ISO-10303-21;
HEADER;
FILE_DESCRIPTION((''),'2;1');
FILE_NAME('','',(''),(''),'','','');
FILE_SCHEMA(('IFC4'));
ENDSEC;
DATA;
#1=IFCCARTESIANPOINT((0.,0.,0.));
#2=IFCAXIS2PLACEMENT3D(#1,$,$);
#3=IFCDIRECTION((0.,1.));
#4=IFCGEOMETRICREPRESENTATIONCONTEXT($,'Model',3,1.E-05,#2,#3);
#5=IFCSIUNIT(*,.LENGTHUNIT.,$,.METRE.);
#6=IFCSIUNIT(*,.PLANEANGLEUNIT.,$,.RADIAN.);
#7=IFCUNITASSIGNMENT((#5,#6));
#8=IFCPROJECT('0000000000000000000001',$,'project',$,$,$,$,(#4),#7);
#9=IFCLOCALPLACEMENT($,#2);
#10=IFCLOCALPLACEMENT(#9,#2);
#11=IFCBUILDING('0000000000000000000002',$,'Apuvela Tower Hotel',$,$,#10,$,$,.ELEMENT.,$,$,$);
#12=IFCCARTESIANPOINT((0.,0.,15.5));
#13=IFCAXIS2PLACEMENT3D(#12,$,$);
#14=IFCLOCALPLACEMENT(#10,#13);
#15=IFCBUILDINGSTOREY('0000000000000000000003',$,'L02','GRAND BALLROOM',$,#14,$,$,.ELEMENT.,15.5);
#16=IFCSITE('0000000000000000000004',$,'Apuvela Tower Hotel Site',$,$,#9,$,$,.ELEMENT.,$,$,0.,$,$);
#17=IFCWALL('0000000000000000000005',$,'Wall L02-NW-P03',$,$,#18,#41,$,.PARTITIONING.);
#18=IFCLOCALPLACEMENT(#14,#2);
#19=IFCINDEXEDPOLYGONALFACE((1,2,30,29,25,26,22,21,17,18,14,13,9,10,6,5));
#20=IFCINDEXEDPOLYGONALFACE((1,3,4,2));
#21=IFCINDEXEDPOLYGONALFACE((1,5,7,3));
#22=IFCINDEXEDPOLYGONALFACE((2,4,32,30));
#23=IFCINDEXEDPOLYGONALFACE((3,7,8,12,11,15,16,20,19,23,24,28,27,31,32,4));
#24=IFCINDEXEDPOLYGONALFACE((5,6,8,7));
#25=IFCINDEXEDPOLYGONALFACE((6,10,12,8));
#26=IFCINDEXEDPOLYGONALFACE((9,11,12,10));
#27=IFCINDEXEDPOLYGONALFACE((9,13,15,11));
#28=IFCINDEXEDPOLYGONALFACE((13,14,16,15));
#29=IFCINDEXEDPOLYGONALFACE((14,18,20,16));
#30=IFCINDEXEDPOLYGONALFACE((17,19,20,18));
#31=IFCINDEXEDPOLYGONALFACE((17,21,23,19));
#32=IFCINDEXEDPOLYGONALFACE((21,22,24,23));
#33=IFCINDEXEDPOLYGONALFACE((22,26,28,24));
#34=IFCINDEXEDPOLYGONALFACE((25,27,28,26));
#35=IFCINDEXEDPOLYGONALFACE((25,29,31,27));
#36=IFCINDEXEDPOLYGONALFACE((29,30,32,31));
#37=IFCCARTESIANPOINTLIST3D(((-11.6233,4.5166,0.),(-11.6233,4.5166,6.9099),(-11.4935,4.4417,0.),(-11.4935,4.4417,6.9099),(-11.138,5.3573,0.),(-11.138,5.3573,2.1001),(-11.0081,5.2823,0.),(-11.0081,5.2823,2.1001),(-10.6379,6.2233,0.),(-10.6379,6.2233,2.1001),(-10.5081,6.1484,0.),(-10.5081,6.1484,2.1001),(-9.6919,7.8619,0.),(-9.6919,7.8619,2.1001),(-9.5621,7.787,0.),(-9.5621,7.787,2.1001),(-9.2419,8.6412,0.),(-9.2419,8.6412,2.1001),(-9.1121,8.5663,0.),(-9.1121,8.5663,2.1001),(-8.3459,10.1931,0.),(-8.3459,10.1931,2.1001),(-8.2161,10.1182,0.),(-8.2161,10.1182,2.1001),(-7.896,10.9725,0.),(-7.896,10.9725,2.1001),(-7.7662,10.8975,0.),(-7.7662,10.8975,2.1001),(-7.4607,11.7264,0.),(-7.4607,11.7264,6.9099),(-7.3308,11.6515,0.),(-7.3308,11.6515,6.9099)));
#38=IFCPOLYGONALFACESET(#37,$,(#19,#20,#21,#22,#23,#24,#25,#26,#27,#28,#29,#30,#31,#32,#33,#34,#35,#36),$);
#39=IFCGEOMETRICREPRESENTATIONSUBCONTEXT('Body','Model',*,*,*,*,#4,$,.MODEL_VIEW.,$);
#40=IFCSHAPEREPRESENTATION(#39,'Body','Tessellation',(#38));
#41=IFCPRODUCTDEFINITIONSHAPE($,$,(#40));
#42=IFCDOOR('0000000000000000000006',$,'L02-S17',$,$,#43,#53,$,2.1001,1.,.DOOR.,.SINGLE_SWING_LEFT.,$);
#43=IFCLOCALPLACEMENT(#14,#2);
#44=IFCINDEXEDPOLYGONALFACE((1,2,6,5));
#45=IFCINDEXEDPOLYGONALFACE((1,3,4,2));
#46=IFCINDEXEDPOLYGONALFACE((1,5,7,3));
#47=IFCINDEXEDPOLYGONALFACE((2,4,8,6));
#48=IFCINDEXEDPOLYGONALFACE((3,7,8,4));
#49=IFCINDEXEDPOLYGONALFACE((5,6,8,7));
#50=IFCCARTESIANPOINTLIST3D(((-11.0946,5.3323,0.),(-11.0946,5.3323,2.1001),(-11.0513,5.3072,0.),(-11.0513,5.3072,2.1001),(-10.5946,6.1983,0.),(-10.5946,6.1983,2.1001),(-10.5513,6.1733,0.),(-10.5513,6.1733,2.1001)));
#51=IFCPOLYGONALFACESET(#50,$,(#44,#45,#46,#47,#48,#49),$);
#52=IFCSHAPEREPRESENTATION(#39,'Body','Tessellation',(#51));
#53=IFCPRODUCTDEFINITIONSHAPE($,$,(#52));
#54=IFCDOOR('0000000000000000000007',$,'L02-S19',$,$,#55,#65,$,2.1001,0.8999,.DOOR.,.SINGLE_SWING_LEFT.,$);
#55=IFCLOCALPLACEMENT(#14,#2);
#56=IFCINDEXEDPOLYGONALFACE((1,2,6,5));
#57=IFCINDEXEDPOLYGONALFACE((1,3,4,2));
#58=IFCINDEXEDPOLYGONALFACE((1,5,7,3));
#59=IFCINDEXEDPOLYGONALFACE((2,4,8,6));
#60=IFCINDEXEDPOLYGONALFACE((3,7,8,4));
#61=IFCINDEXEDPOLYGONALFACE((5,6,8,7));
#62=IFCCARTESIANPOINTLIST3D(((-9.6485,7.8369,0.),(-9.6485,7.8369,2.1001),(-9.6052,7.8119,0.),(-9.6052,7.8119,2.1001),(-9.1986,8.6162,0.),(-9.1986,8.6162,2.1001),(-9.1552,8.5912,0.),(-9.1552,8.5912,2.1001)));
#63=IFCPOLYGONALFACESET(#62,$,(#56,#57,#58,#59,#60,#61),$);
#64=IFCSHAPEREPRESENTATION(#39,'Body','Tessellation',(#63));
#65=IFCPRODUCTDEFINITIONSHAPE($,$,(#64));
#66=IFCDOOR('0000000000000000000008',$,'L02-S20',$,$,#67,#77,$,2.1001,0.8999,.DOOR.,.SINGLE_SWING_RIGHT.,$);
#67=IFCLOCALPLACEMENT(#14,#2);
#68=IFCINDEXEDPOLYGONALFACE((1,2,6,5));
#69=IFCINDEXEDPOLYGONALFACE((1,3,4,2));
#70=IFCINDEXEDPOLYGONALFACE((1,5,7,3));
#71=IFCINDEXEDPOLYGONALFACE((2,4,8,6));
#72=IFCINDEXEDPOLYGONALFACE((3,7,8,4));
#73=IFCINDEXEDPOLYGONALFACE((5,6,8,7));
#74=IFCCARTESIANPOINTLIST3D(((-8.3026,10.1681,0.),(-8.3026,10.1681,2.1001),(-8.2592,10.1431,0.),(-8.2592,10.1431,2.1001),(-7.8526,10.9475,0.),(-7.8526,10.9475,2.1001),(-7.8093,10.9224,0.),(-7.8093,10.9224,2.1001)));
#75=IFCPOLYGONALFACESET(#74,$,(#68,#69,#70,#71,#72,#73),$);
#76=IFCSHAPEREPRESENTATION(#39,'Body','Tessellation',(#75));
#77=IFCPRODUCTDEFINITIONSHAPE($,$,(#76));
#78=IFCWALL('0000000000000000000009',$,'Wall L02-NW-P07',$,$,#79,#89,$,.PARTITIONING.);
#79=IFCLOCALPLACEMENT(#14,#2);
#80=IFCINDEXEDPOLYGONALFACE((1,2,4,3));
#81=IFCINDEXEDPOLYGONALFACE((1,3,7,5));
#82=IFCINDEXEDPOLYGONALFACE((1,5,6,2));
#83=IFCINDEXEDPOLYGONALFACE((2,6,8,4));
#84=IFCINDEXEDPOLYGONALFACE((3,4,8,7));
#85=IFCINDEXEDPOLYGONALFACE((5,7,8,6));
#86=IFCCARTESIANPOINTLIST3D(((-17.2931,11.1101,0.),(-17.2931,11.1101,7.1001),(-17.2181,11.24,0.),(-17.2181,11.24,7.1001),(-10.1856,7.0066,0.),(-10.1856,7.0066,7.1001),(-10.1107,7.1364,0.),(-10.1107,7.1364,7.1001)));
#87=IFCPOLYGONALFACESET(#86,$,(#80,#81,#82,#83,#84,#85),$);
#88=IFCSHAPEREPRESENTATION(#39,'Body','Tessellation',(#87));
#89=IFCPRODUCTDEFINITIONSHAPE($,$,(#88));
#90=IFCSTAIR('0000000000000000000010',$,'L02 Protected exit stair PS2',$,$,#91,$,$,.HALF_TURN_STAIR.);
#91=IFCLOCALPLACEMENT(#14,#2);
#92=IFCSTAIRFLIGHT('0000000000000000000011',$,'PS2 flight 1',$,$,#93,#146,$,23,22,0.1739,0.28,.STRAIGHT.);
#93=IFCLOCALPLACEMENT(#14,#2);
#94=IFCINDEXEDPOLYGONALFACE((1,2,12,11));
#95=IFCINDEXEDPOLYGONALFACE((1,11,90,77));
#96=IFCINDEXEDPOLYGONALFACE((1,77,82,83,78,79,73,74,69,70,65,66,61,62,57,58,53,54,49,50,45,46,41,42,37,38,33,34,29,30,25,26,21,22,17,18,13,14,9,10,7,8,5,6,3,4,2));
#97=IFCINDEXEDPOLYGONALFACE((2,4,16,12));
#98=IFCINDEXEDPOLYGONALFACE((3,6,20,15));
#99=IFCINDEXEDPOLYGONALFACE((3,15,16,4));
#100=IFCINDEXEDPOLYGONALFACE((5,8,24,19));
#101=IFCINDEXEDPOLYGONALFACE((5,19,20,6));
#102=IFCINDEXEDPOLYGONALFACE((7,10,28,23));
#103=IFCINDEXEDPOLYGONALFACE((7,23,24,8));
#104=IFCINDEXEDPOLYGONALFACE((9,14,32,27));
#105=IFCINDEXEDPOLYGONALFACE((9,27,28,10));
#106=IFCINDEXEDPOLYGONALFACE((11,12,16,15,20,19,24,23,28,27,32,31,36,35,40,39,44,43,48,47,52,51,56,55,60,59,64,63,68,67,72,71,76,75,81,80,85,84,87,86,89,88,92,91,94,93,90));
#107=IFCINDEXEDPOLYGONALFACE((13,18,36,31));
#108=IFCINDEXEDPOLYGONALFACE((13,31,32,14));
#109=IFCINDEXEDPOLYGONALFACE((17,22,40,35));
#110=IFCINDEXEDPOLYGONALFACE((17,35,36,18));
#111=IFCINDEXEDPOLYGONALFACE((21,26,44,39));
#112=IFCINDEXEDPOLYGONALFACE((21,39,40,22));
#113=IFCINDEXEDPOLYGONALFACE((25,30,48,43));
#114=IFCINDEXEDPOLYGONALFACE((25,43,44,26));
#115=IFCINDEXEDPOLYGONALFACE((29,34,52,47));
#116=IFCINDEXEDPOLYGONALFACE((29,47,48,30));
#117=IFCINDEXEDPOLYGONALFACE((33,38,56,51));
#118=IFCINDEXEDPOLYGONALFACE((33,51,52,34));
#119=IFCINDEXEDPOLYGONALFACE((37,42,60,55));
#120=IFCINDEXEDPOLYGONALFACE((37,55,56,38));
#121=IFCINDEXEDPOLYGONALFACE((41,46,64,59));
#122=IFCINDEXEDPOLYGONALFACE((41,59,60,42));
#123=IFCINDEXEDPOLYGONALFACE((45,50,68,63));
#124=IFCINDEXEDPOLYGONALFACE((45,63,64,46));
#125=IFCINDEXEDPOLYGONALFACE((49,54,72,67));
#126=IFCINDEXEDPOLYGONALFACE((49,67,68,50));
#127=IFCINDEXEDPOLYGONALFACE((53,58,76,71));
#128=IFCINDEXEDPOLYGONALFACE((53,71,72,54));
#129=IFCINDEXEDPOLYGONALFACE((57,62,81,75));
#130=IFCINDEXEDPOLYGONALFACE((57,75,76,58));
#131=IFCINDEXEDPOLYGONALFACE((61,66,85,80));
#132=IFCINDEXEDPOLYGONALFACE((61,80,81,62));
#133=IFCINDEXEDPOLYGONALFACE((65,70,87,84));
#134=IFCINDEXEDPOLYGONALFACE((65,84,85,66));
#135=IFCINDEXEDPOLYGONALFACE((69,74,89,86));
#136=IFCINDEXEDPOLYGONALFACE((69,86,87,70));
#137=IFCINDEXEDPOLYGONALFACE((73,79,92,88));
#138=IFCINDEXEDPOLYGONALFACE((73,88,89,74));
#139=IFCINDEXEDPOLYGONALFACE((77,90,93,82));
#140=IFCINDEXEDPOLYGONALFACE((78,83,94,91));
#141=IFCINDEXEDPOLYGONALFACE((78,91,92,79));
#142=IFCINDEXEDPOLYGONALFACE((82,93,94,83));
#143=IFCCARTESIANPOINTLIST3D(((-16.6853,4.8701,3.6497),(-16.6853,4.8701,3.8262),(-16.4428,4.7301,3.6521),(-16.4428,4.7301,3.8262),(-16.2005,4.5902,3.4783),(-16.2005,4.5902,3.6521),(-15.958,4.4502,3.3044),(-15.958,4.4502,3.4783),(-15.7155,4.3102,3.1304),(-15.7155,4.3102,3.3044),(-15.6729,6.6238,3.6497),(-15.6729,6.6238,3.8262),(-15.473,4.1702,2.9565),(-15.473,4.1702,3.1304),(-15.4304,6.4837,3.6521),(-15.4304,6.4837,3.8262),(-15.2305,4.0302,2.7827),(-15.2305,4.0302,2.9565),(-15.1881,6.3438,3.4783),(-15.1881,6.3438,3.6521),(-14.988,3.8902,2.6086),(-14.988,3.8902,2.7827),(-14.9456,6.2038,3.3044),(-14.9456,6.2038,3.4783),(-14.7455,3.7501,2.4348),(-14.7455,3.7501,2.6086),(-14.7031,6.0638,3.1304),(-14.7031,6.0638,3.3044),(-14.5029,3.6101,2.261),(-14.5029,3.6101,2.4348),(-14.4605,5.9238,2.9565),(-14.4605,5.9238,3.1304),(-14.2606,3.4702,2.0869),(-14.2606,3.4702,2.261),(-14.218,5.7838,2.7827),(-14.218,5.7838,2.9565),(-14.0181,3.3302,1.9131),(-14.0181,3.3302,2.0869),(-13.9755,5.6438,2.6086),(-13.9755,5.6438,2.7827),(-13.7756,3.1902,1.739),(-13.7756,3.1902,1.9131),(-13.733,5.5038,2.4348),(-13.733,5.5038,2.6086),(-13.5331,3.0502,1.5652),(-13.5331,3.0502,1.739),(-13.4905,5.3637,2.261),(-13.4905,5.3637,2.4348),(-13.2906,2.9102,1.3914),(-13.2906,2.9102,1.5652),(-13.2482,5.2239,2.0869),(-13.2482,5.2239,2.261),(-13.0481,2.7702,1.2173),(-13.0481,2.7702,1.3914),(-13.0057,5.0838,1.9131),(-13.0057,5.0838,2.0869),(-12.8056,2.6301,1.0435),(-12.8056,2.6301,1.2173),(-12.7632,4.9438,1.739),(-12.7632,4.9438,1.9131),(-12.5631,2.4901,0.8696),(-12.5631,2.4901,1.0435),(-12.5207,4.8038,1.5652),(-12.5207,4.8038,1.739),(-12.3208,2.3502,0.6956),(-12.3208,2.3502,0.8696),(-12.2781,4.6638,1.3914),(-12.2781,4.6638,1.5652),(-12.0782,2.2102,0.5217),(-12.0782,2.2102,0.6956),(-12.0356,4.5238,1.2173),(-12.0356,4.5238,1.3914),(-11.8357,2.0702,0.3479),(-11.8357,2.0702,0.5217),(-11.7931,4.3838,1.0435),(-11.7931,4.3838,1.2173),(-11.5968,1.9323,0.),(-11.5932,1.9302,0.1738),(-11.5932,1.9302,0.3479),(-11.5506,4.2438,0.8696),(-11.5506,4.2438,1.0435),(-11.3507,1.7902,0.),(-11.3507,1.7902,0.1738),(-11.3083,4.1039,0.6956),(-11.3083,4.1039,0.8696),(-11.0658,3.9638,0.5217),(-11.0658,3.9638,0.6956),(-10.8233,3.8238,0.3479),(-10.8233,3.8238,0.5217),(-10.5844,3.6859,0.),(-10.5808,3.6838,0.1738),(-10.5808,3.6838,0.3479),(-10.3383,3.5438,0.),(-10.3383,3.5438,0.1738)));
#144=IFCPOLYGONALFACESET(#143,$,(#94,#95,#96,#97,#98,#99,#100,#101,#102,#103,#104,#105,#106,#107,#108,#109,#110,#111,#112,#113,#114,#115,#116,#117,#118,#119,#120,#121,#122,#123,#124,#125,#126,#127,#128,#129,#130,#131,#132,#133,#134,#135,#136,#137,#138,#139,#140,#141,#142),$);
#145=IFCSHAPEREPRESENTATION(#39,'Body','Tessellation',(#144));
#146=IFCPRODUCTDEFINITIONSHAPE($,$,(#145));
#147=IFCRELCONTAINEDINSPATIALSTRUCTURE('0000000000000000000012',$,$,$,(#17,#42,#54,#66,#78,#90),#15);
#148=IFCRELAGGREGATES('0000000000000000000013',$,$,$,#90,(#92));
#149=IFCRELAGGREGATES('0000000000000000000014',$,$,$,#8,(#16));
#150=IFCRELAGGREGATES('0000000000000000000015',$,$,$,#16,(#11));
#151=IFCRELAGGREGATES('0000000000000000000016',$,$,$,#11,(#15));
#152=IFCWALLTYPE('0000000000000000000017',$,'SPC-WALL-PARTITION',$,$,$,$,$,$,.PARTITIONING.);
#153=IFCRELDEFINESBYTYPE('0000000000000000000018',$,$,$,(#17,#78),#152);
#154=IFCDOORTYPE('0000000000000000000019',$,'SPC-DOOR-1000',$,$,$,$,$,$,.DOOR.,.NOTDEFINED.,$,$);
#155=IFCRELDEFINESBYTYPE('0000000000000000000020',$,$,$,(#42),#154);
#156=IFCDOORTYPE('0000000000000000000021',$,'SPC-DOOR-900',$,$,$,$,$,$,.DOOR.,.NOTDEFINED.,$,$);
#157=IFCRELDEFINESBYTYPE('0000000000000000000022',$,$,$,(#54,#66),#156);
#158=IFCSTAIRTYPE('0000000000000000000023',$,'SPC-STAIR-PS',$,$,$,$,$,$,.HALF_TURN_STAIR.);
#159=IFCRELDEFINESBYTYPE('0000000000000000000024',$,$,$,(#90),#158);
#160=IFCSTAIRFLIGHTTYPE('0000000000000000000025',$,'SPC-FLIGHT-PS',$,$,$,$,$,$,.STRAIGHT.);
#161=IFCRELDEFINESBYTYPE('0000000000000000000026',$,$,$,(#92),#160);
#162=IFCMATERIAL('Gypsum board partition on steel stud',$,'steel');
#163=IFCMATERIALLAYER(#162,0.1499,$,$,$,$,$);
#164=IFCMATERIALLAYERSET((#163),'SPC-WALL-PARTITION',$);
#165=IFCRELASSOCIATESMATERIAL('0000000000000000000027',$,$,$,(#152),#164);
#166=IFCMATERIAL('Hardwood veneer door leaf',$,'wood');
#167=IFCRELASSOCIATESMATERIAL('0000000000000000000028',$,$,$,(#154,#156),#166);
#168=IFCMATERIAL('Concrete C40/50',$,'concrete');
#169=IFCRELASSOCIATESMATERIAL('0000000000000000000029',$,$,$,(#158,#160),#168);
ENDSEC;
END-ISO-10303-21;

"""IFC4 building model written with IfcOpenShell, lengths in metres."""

from ifc_helpers import new_model, si_unit, direction, frame, frame_2d, origin, place, context, subcontext, project, spatial, polyline, rectangle, outline, extrude, material, layer, layer_set, type_object, element, fill, aggregate, save


model = new_model("IFC4")

# Units and contexts
model_context = context("Model", 3, precision=1e-05, world=origin(), true_north=direction((0.0, 1.0)))
body_context = subcontext(model_context, "Body", "Model", "MODEL_VIEW")
ifc_project = project(units=[si_unit("LENGTHUNIT", "METRE"), si_unit("PLANEANGLEUNIT", "RADIAN")], contexts=[model_context])

# Site, building, storey
site_placement = place(None, origin())
site = spatial("IfcSite", under=ifc_project, at=site_placement, Name="Apuvela Tower Hotel Site", CompositionType="ELEMENT", RefElevation=0.0)
building_placement = place(site_placement, origin())
building = spatial("IfcBuilding", under=site, at=building_placement, Name="Apuvela Tower Hotel", CompositionType="ELEMENT")
storey_placement = place(building_placement, frame((0.0, 0.0, 15.5)))
storey = spatial("IfcBuildingStorey", under=building, at=storey_placement, Name="L02", Description="GRAND BALLROOM", CompositionType="ELEMENT", Elevation=15.5)

# Shared definitions
ifc_material_1 = material(Name="Gypsum board partition on steel stud", Category="steel")
ifc_layer_1 = layer(ifc_material_1, 0.1499)
ifc_layer_set_1 = layer_set([ifc_layer_1], Name="SPC-WALL-PARTITION")
wall_type = type_object("IfcWallType", Name="SPC-WALL-PARTITION", PredefinedType="PARTITIONING", material=ifc_layer_set_1)
ifc_material_2 = material(Name="Hardwood veneer door leaf", Category="wood")
door_type_1 = type_object("IfcDoorType", Name="SPC-DOOR-1000", OperationType="NOTDEFINED", PredefinedType="DOOR", material=ifc_material_2)

# Wall, openings, doors
wall_1_placement = place(storey_placement, frame((-7.3958, 11.689, 0.0), z_axis=(0.0, 0.0, 1.0), x_axis=(-0.500006, -0.866022, 0.0)))
wall_1 = element("IfcWall", 1, at=wall_1_placement, inside=storey, type_object=wall_type, Name="Wall L02-NW-P03", PredefinedType="PARTITIONING", context=body_context, shape_type="SweptSolid", body=[
    extrude(rectangle(XDim=8.3252, YDim=0.1499, at=frame_2d((4.1626, 0.0))), origin(), (0.0, 0.0, 1.0), 6.9099),
])
opening_1_placement = place(wall_1_placement, frame((6.3545, 0.0, 0.0)))
opening_1 = element("IfcOpeningElement", 2, at=opening_1_placement, cuts=wall_1, PredefinedType="OPENING", context=body_context, shape_type="SweptSolid", body=[
    extrude(rectangle(XDim=1.0, YDim=2.1001, at=frame_2d((0.5, 1.05))), frame((0.0, 0.085, 0.0), z_axis=(0.0, -1.0, 0.0), x_axis=(1.0, 0.0, 0.0)), (0.0, 0.0, 1.0), 0.1699),
])
opening_2_placement = place(wall_1_placement, frame((3.5625, 0.0, 0.0)))
opening_2 = element("IfcOpeningElement", 3, at=opening_2_placement, cuts=wall_1, PredefinedType="OPENING", context=body_context, shape_type="SweptSolid", body=[
    extrude(rectangle(XDim=0.8999, YDim=2.1001, at=frame_2d((0.45, 1.05))), frame((0.0, 0.085, 0.0), z_axis=(0.0, -1.0, 0.0), x_axis=(1.0, 0.0, 0.0)), (0.0, 0.0, 1.0), 0.1699),
])
opening_3_placement = place(wall_1_placement, frame((0.8706, 0.0, 0.0)))
opening_3 = element("IfcOpeningElement", 4, at=opening_3_placement, cuts=wall_1, PredefinedType="OPENING", context=body_context, shape_type="SweptSolid", body=[
    extrude(rectangle(XDim=0.8999, YDim=2.1001, at=frame_2d((0.45, 1.05))), frame((0.0, 0.085, 0.0), z_axis=(0.0, -1.0, 0.0), x_axis=(1.0, 0.0, 0.0)), (0.0, 0.0, 1.0), 0.1699),
])
door_1_placement = place(opening_1_placement, frame((1.0, 0.0, 0.0), z_axis=(0.0, 0.0, 1.0), x_axis=(-1.0, 0.0, 0.0)))
door_1 = element("IfcDoor", 5, at=door_1_placement, inside=storey, type_object=door_type_1, Name="L02-S17", OperationType="SINGLE_SWING_LEFT", OverallHeight=2.1001, OverallWidth=1.0, PredefinedType="DOOR", context=body_context, shape_type="SweptSolid", body=[
    extrude(rectangle(XDim=1.0, YDim=2.1001, at=frame_2d((0.5, 1.05))), frame((0.0, 0.0249, 0.0), z_axis=(0.0, -1.0, 0.0), x_axis=(1.0, 0.0, 0.0)), (0.0, 0.0, 1.0), 0.05),
])
fill(opening_1, door_1)
door_type_2 = type_object("IfcDoorType", Name="SPC-DOOR-900", OperationType="NOTDEFINED", PredefinedType="DOOR", material=ifc_material_2)
door_2_placement = place(opening_2_placement, frame((0.8999, 0.0, 0.0), z_axis=(0.0, 0.0, 1.0), x_axis=(-1.0, 0.0, 0.0)))
door_2 = element("IfcDoor", 6, at=door_2_placement, inside=storey, type_object=door_type_2, Name="L02-S19", OperationType="SINGLE_SWING_LEFT", OverallHeight=2.1001, OverallWidth=0.8999, PredefinedType="DOOR", context=body_context, shape_type="SweptSolid", body=[
    extrude(rectangle(XDim=0.8999, YDim=2.1001, at=frame_2d((0.45, 1.05))), frame((0.0, 0.0249, 0.0), z_axis=(0.0, -1.0, 0.0), x_axis=(1.0, 0.0, 0.0)), (0.0, 0.0, 1.0), 0.05),
])
fill(opening_2, door_2)
door_3_placement = place(opening_3_placement, frame((0.8999, 0.0, 0.0), z_axis=(0.0, 0.0, 1.0), x_axis=(-1.0, 0.0, 0.0)))
door_3 = element("IfcDoor", 7, at=door_3_placement, inside=storey, type_object=door_type_2, Name="L02-S20", OperationType="SINGLE_SWING_RIGHT", OverallHeight=2.1001, OverallWidth=0.8999, PredefinedType="DOOR", context=body_context, shape_type="SweptSolid", body=[
    extrude(rectangle(XDim=0.8999, YDim=2.1001, at=frame_2d((0.45, 1.05))), frame((0.0, 0.0249, 0.0), z_axis=(0.0, -1.0, 0.0), x_axis=(1.0, 0.0, 0.0)), (0.0, 0.0, 1.0), 0.05),
])
fill(opening_3, door_3)

# Wall
wall_2_placement = place(storey_placement, frame((-17.2556, 11.175, 0.0), z_axis=(0.0, 0.0, 1.0), x_axis=(0.866023, -0.500004, 0.0)))
element("IfcWall", 8, at=wall_2_placement, inside=storey, type_object=wall_type, Name="Wall L02-NW-P07", PredefinedType="PARTITIONING", context=body_context, shape_type="SweptSolid", body=[
    extrude(rectangle(XDim=8.207, YDim=0.1499, at=frame_2d((4.1035, 0.0))), origin(), (0.0, 0.0, 1.0), 7.1001),
])

# Stair, stair flight
ifc_material_3 = material(Name="Concrete C40/50", Category="concrete")
stair_type_1 = type_object("IfcStairType", Name="SPC-STAIR-PS", PredefinedType="HALF_TURN_STAIR", material=ifc_material_3)
stair_1_placement = place(storey_placement, origin())
stair_1 = element("IfcStair", 9, at=stair_1_placement, inside=storey, type_object=stair_type_1, Name="L02 Protected exit stair PS2", PredefinedType="HALF_TURN_STAIR")
stair_flight_type = type_object("IfcStairFlightType", Name="SPC-FLIGHT-PS", PredefinedType="STRAIGHT", material=ifc_material_3)
stair_flight_1_placement = place(storey_placement, frame((-10.8445, 2.667, 0.0), z_axis=(0.0, 0.0, 1.0), x_axis=(-0.866025, 0.5, 0.0)))
stair_flight_1 = element("IfcStairFlight", 10, at=stair_flight_1_placement, type_object=stair_flight_type, Name="PS2 flight 1", NumberOfRisers=23, NumberOfTreads=22, PredefinedType="STRAIGHT", RiserHeight=0.1739, TreadLength=0.28, context=body_context, shape_type="SweptSolid", body=[
    extrude(outline(polyline([(0.0, 0.0), (0.0, 0.1738), (0.28, 0.1738), (0.28, 0.3479), (0.5601, 0.3479), (0.5601, 0.5217), (0.8401, 0.5217), (0.8401, 0.6956), (1.1201, 0.6956), (1.1201, 0.8696), (1.3999, 0.8696), (1.3999, 1.0435), (1.6799, 1.0435), (1.6799, 1.2173), (1.96, 1.2173), (1.96, 1.3914), (2.24, 1.3914), (2.24, 1.5652), (2.52, 1.5652), (2.52, 1.739), (2.8, 1.739), (2.8, 1.9131), (3.0801, 1.9131), (3.0801, 2.0869), (3.3601, 2.0869), (3.3601, 2.261), (3.6399, 2.261), (3.6399, 2.4348), (3.9199, 2.4348), (3.9199, 2.6086), (4.2, 2.6086), (4.2, 2.7827), (4.48, 2.7827), (4.48, 2.9565), (4.76, 2.9565), (4.76, 3.1304), (5.04, 3.1304), (5.04, 3.3044), (5.3201, 3.3044), (5.3201, 3.4783), (5.6001, 3.4783), (5.6001, 3.6521), (5.8799, 3.6521), (5.8799, 3.8262), (6.1599, 3.8262), (6.1599, 4.0), (6.1599, 3.6497), (0.2842, 0.0), (0.0, 0.0)])), frame((0.0, 1.0125, 0.0), z_axis=(0.0, -1.0, 0.0), x_axis=(1.0, 0.0, 0.0)), (0.0, 0.0, 1.0), 2.0249),
])
aggregate(stair_1, [stair_flight_1])

save(model, "model.ifc")
